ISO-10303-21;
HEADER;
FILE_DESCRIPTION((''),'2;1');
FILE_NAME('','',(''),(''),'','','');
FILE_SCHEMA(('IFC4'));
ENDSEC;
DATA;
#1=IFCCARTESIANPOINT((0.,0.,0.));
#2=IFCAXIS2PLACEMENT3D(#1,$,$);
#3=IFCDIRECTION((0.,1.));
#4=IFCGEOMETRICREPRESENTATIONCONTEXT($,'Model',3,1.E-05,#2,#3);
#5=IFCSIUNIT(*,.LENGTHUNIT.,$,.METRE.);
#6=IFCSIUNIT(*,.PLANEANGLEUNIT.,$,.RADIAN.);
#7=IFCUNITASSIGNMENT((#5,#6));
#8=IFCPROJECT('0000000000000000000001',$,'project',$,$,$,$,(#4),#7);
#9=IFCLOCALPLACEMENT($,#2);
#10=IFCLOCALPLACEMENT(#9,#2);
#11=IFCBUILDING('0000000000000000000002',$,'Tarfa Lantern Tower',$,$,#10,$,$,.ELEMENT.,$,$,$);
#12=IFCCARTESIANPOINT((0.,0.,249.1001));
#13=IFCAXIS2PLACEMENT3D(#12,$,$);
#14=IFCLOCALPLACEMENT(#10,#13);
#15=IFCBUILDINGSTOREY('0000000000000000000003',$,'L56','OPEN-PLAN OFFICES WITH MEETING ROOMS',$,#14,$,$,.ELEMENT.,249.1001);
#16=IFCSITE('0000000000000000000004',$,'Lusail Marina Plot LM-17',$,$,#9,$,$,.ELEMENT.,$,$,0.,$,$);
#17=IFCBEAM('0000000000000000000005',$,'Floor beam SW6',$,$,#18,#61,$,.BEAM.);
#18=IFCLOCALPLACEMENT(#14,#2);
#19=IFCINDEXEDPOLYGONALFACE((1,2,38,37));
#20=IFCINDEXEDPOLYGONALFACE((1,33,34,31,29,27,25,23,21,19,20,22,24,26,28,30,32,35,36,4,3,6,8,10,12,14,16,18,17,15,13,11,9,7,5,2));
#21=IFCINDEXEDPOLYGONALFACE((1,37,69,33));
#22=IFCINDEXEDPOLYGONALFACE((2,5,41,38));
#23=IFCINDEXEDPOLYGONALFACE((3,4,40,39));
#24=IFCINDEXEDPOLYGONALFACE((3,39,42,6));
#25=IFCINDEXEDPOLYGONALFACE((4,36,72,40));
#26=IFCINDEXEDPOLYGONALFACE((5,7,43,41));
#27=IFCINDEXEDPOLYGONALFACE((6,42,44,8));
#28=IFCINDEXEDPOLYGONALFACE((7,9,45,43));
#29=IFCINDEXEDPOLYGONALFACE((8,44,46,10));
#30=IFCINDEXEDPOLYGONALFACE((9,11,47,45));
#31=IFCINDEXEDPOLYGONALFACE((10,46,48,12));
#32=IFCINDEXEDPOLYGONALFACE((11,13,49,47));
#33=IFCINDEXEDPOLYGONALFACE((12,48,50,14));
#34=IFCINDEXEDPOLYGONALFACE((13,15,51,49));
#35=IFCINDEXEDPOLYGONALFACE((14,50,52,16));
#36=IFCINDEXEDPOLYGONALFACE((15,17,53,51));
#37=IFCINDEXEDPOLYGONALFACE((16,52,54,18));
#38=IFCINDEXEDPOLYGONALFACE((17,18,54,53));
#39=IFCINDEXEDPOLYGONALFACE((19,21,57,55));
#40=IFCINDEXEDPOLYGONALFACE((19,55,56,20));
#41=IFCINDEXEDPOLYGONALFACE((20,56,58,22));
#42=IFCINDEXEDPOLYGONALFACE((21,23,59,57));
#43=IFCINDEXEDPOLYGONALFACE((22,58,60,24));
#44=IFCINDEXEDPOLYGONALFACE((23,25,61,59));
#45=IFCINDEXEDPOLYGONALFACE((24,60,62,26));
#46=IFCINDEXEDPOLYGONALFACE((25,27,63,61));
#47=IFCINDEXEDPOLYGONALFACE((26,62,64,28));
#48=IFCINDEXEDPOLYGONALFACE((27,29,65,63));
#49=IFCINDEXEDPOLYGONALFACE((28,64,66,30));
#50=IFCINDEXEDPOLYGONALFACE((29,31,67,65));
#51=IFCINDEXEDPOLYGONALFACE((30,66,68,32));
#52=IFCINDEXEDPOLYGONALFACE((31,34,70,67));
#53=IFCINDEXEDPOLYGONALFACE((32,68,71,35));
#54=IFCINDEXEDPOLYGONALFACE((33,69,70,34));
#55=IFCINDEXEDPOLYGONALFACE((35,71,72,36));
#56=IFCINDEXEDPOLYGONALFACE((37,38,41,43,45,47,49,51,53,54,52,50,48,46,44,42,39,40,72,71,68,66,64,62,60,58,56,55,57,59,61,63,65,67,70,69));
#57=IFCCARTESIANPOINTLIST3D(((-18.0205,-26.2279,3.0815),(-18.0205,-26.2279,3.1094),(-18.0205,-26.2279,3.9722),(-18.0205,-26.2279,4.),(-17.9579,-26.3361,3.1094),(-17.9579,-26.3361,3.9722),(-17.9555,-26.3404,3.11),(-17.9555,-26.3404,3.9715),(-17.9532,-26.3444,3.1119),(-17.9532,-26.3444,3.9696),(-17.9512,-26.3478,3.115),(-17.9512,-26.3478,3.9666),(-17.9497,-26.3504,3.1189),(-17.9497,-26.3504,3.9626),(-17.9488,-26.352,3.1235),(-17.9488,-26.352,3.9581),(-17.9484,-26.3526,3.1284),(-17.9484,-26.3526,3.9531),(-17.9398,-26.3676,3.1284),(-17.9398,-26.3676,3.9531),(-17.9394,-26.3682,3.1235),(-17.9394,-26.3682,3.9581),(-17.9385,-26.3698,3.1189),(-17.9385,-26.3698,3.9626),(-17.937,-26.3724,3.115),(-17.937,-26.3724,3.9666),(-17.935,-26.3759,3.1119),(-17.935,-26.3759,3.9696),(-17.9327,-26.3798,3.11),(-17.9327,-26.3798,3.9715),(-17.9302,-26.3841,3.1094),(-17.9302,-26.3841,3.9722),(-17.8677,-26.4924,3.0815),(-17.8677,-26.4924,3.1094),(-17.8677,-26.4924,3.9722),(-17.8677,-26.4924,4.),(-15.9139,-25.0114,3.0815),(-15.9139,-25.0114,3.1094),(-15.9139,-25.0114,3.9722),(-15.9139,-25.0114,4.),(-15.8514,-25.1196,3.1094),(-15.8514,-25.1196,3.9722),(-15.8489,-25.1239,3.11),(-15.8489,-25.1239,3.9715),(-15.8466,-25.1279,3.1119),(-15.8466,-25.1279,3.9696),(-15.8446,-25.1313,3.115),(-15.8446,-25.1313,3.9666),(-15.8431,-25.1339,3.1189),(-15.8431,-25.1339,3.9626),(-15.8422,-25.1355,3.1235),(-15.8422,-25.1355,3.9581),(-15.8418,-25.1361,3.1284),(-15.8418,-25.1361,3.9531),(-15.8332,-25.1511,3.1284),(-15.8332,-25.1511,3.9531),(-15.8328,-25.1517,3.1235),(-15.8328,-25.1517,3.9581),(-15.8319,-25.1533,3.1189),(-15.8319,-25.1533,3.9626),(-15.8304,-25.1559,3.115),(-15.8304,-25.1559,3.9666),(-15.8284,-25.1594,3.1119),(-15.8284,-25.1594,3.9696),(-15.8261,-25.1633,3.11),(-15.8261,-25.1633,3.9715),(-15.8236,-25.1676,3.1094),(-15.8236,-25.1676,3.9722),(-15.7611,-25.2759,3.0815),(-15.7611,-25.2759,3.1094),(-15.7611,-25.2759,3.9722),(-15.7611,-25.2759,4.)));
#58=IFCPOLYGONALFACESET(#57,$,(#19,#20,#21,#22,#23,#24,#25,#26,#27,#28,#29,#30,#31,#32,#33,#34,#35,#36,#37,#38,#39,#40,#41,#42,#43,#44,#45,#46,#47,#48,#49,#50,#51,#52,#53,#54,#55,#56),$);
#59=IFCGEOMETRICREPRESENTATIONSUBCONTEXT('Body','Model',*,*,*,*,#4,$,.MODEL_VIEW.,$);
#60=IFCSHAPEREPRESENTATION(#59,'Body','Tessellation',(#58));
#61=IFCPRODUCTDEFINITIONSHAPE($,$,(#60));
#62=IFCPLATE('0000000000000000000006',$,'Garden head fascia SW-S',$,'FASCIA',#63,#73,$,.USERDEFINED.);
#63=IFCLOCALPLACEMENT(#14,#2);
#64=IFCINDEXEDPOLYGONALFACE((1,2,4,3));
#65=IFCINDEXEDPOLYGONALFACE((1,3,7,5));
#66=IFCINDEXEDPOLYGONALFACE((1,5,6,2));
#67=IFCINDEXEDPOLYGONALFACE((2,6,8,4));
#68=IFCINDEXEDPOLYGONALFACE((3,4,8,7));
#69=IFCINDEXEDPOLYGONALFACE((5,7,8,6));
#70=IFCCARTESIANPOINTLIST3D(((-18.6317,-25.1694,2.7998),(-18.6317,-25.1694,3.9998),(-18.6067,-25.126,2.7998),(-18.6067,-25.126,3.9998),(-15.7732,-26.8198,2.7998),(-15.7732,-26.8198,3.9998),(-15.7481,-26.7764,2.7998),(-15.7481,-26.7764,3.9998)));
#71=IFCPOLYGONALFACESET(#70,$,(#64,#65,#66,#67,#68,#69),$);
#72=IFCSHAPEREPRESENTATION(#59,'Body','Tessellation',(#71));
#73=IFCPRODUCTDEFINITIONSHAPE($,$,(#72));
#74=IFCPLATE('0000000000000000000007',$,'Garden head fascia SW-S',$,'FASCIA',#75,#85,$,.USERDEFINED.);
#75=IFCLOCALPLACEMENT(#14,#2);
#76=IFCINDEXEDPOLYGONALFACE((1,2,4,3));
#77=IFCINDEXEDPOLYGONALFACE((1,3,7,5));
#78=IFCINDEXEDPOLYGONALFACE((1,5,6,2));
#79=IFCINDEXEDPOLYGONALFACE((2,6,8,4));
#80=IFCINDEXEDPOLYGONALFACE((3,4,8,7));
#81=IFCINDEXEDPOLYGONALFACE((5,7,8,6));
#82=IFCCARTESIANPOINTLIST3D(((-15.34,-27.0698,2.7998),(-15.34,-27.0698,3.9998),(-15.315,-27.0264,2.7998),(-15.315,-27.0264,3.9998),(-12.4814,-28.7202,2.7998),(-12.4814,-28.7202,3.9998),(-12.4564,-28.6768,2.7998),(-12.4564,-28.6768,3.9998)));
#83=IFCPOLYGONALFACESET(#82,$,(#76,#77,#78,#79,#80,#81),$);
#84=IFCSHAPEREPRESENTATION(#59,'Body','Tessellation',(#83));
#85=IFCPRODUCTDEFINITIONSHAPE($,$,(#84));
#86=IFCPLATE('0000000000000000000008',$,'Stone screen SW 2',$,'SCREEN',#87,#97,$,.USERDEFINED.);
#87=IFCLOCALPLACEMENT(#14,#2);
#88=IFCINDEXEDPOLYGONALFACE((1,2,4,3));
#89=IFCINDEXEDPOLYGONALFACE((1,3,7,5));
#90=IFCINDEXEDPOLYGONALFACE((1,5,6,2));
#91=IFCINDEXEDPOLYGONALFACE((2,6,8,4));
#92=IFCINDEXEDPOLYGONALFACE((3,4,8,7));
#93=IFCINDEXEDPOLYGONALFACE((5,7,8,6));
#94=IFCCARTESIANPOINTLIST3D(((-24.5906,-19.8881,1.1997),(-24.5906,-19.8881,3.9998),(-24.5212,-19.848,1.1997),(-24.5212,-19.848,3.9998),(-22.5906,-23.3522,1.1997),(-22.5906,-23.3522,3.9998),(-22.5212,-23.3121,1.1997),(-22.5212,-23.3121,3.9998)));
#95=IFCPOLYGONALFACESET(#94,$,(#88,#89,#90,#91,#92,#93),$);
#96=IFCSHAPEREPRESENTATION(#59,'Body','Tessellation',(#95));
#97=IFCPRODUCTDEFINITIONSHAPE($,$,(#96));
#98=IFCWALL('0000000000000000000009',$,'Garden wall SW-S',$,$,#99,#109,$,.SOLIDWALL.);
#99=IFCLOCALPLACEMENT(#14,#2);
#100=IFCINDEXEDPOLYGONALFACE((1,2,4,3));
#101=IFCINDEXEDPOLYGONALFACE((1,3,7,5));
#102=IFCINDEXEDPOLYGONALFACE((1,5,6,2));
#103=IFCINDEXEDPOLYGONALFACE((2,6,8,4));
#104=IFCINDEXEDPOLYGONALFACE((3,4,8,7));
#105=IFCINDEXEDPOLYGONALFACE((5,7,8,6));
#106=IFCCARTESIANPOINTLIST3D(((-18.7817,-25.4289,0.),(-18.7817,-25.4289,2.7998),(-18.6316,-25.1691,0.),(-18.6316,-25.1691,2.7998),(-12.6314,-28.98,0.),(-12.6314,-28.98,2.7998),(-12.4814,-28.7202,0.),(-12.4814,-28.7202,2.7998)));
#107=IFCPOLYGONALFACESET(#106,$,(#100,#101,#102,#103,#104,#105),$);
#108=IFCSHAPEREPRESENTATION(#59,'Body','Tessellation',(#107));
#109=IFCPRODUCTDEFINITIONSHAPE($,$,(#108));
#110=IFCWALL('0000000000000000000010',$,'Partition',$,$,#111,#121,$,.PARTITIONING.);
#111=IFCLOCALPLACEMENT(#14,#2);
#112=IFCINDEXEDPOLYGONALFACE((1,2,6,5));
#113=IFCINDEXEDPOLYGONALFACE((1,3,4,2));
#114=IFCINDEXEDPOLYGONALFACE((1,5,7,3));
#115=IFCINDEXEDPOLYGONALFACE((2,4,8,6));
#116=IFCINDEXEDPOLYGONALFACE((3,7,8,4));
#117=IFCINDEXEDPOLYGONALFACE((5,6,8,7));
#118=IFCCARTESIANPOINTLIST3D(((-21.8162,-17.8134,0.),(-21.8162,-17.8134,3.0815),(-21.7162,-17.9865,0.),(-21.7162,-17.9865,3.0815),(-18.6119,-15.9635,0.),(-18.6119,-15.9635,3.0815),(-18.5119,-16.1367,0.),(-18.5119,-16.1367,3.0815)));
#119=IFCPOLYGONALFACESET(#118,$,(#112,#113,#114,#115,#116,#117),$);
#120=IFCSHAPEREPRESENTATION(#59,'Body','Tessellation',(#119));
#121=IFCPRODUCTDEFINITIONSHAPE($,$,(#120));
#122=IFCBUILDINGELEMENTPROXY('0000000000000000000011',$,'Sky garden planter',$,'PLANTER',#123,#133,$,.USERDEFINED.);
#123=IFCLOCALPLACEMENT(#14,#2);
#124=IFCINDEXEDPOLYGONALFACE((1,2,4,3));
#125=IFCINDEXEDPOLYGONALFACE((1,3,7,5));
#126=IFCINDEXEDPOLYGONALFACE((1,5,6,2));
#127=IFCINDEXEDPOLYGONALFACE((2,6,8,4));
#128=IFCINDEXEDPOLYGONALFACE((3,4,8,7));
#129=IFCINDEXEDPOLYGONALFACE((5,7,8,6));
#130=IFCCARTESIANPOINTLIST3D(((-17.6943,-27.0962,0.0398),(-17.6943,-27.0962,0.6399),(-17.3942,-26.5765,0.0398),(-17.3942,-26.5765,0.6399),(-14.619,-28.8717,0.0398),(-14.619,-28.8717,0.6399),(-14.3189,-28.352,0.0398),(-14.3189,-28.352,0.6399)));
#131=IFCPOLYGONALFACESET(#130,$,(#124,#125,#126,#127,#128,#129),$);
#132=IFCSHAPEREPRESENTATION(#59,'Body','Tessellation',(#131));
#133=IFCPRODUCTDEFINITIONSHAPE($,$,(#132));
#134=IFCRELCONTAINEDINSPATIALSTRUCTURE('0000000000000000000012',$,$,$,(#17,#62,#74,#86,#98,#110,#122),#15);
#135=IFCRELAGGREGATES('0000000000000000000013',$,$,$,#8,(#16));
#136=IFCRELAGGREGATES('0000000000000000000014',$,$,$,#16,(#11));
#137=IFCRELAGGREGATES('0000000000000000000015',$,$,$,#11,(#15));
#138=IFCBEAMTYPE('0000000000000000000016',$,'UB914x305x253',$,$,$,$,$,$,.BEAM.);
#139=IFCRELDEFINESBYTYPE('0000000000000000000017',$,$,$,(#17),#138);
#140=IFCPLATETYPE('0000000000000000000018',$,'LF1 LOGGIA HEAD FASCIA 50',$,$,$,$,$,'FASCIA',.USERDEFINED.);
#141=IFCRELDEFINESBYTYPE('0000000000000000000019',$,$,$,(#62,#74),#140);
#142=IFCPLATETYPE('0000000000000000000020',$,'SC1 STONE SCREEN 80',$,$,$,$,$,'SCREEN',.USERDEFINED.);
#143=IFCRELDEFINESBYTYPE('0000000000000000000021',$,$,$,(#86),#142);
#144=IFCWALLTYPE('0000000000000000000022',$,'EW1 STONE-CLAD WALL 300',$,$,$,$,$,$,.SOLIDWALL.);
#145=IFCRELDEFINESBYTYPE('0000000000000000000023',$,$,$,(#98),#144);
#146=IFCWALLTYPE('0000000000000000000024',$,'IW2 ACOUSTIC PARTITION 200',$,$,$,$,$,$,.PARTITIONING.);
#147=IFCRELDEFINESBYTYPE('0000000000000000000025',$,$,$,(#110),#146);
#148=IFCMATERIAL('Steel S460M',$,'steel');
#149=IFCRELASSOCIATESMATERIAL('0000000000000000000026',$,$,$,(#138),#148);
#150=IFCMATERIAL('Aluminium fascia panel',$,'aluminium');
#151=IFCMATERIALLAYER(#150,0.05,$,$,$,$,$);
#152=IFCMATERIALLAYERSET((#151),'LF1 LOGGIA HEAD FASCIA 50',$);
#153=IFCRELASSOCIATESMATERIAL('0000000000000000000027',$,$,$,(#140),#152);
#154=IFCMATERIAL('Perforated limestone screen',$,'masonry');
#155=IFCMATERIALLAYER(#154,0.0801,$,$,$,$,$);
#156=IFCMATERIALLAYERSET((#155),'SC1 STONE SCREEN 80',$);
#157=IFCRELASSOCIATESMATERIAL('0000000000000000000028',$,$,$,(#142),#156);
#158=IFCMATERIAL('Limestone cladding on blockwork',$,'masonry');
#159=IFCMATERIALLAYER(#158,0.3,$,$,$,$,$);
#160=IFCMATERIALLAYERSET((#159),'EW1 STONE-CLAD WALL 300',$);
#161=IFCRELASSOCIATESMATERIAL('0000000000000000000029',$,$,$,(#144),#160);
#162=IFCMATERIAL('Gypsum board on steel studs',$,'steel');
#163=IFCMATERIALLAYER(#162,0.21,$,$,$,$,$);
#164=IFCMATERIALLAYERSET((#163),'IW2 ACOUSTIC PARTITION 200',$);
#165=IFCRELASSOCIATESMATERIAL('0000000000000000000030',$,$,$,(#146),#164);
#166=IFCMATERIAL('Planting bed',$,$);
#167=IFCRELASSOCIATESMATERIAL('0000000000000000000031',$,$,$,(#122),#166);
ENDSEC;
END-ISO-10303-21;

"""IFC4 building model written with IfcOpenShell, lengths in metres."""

from ifc_helpers import new_model, si_unit, direction, frame, frame_2d, origin, origin_2d, place, context, subcontext, project, spatial, rectangle, i_section, extrude, material, layer, layer_set, material_profile, profile_set, type_object, element, save


model = new_model("IFC4")

# Units and contexts
model_context = context("Model", 3, precision=1e-05, world=origin(), true_north=direction((0.0, 1.0)))
body_context = subcontext(model_context, "Body", "Model", "MODEL_VIEW")
ifc_project = project(units=[si_unit("LENGTHUNIT", "METRE"), si_unit("PLANEANGLEUNIT", "RADIAN")], contexts=[model_context])

# Site, building, storey
site_placement = place(None, origin())
site = spatial("IfcSite", under=ifc_project, at=site_placement, Name="Lusail Marina Plot LM-17", CompositionType="ELEMENT", RefElevation=0.0)
building_placement = place(site_placement, origin())
building = spatial("IfcBuilding", under=site, at=building_placement, Name="Tarfa Lantern Tower", CompositionType="ELEMENT")
storey_placement = place(building_placement, frame((0.0, 0.0, 249.1001)))
storey = spatial("IfcBuildingStorey", under=building, at=storey_placement, Name="L56", Description="OPEN-PLAN OFFICES WITH MEETING ROOMS", CompositionType="ELEMENT", Elevation=249.1001)

# Beam
ifc_material_1 = material(Name="Steel S460M", Category="steel")
ifc_material_profile_1 = material_profile(ifc_material_1, i_section(OverallWidth=0.3054, OverallDepth=0.9185, WebThickness=0.0173, FlangeThickness=0.0278, FilletRadius=0.019, at=origin_2d()), Name="UB914x305x253")
ifc_profile_set_1 = profile_set([ifc_material_profile_1], Name="Steel S460M")
beam_type_1 = type_object("IfcBeamType", Name="UB914x305x253", PredefinedType="BEAM", material=ifc_profile_set_1)
beam_1_placement = place(storey_placement, frame((-17.9441, -26.3601, 3.5408), z_axis=(0.86598, 0.500079, 0.0), x_axis=(-0.500079, 0.86598, 0.0)))
element("IfcBeam", 1, at=beam_1_placement, inside=storey, type_object=beam_type_1, Name="Floor beam SW6", PredefinedType="BEAM", context=body_context, shape_type="SweptSolid", body=[
    extrude(i_section(OverallWidth=0.3054, OverallDepth=0.9185, WebThickness=0.0173, FlangeThickness=0.0278, FilletRadius=0.019, at=origin_2d()), origin(), (0.0, 0.0, 1.0), 2.4326),
])

# Plates
ifc_material_2 = material(Name="Aluminium fascia panel", Category="aluminium")
ifc_layer_1 = layer(ifc_material_2, 0.05)
ifc_layer_set_1 = layer_set([ifc_layer_1], Name="LF1 LOGGIA HEAD FASCIA 50")
plate_type_1 = type_object("IfcPlateType", Name="LF1 LOGGIA HEAD FASCIA 50", ElementType="FASCIA", PredefinedType="USERDEFINED", material=ifc_layer_set_1)
for number, where, z_axis, x_axis, name in (
    (2, (-17.1899, -25.9729, 2.7998), (0.0, 0.0, 1.0), (0.866025, -0.5, 0.0), "Garden head fascia SW-S"),
    (3, (-13.8982, -27.8733, 2.7998), (0.0, 0.0, 1.0), (0.866025, -0.5, 0.0), "Garden head fascia SW-S"),
):
    element("IfcPlate", number, at=place(storey_placement, frame(where, z_axis=z_axis, x_axis=x_axis)), inside=storey, type_object=plate_type_1, Name=name, ObjectType="FASCIA", PredefinedType="USERDEFINED", context=body_context, shape_type="SweptSolid", body=[
        extrude(rectangle(XDim=3.3008, YDim=0.05, at=origin_2d()), origin(), (0.0, 0.0, 1.0), 1.2),
    ])
ifc_material_3 = material(Name="Perforated limestone screen", Category="masonry")
ifc_layer_2 = layer(ifc_material_3, 0.0801)
ifc_layer_set_2 = layer_set([ifc_layer_2], Name="SC1 STONE SCREEN 80")
plate_type_2 = type_object("IfcPlateType", Name="SC1 STONE SCREEN 80", ElementType="SCREEN", PredefinedType="USERDEFINED", material=ifc_layer_set_2)
plate_placement = place(storey_placement, frame((-23.5559, -21.6001, 1.1997), z_axis=(0.0, 0.0, 1.0), x_axis=(0.5, -0.866025, 0.0)))
element("IfcPlate", 4, at=plate_placement, inside=storey, type_object=plate_type_2, Name="Stone screen SW 2", ObjectType="SCREEN", PredefinedType="USERDEFINED", context=body_context, shape_type="SweptSolid", body=[
    extrude(rectangle(XDim=4.0, YDim=0.0801, at=origin_2d()), origin(), (0.0, 0.0, 1.0), 2.8),
])

# Walls
ifc_material_4 = material(Name="Limestone cladding on blockwork", Category="masonry")
ifc_layer_3 = layer(ifc_material_4, 0.3)
ifc_layer_set_3 = layer_set([ifc_layer_3], Name="EW1 STONE-CLAD WALL 300")
wall_type_1 = type_object("IfcWallType", Name="EW1 STONE-CLAD WALL 300", PredefinedType="SOLIDWALL", material=ifc_layer_set_3)
wall_1_placement = place(storey_placement, frame((-18.7065, -25.2991, 0.0), z_axis=(0.0, 0.0, 1.0), x_axis=(0.866011, -0.500025, 0.0)))
element("IfcWall", 5, at=wall_1_placement, inside=storey, type_object=wall_type_1, Name="Garden wall SW-S", PredefinedType="SOLIDWALL", context=body_context, shape_type="SweptSolid", body=[
    extrude(rectangle(XDim=7.1018, YDim=0.3, at=frame_2d((3.5508, 0.0))), origin(), (0.0, 0.0, 1.0), 2.7998),
])
ifc_material_5 = material(Name="Gypsum board on steel studs", Category="steel")
ifc_layer_4 = layer(ifc_material_5, 0.21)
ifc_layer_set_4 = layer_set([ifc_layer_4], Name="IW2 ACOUSTIC PARTITION 200")
wall_type_2 = type_object("IfcWallType", Name="IW2 ACOUSTIC PARTITION 200", PredefinedType="PARTITIONING", material=ifc_layer_set_4)
wall_2_placement = place(storey_placement, frame((-18.5618, -16.05, 0.0), z_axis=(0.0, 0.0, 1.0), x_axis=(-0.866046, -0.499964, 0.0)))
element("IfcWall", 6, at=wall_2_placement, inside=storey, type_object=wall_type_2, Name="Partition", PredefinedType="PARTITIONING", context=body_context, shape_type="SweptSolid", body=[
    extrude(rectangle(XDim=3.7, YDim=0.2, at=frame_2d((1.8501, 0.0))), origin(), (0.0, 0.0, 1.0), 3.0815),
])

# Building element proxy
ifc_material_6 = material(Name="Planting bed")
proxy_placement = place(storey_placement, frame((-16.0066, -27.7241, 0.0398), z_axis=(0.0, 0.0, 1.0), x_axis=(0.866025, -0.5, 0.0)))
element("IfcBuildingElementProxy", 7, at=proxy_placement, inside=storey, material=ifc_material_6, Name="Sky garden planter", ObjectType="PLANTER", PredefinedType="USERDEFINED", context=body_context, shape_type="SweptSolid", body=[
    extrude(rectangle(XDim=3.551, YDim=0.6001, at=origin_2d()), origin(), (0.0, 0.0, 1.0), 0.6001),
])

save(model, "model.ifc")
